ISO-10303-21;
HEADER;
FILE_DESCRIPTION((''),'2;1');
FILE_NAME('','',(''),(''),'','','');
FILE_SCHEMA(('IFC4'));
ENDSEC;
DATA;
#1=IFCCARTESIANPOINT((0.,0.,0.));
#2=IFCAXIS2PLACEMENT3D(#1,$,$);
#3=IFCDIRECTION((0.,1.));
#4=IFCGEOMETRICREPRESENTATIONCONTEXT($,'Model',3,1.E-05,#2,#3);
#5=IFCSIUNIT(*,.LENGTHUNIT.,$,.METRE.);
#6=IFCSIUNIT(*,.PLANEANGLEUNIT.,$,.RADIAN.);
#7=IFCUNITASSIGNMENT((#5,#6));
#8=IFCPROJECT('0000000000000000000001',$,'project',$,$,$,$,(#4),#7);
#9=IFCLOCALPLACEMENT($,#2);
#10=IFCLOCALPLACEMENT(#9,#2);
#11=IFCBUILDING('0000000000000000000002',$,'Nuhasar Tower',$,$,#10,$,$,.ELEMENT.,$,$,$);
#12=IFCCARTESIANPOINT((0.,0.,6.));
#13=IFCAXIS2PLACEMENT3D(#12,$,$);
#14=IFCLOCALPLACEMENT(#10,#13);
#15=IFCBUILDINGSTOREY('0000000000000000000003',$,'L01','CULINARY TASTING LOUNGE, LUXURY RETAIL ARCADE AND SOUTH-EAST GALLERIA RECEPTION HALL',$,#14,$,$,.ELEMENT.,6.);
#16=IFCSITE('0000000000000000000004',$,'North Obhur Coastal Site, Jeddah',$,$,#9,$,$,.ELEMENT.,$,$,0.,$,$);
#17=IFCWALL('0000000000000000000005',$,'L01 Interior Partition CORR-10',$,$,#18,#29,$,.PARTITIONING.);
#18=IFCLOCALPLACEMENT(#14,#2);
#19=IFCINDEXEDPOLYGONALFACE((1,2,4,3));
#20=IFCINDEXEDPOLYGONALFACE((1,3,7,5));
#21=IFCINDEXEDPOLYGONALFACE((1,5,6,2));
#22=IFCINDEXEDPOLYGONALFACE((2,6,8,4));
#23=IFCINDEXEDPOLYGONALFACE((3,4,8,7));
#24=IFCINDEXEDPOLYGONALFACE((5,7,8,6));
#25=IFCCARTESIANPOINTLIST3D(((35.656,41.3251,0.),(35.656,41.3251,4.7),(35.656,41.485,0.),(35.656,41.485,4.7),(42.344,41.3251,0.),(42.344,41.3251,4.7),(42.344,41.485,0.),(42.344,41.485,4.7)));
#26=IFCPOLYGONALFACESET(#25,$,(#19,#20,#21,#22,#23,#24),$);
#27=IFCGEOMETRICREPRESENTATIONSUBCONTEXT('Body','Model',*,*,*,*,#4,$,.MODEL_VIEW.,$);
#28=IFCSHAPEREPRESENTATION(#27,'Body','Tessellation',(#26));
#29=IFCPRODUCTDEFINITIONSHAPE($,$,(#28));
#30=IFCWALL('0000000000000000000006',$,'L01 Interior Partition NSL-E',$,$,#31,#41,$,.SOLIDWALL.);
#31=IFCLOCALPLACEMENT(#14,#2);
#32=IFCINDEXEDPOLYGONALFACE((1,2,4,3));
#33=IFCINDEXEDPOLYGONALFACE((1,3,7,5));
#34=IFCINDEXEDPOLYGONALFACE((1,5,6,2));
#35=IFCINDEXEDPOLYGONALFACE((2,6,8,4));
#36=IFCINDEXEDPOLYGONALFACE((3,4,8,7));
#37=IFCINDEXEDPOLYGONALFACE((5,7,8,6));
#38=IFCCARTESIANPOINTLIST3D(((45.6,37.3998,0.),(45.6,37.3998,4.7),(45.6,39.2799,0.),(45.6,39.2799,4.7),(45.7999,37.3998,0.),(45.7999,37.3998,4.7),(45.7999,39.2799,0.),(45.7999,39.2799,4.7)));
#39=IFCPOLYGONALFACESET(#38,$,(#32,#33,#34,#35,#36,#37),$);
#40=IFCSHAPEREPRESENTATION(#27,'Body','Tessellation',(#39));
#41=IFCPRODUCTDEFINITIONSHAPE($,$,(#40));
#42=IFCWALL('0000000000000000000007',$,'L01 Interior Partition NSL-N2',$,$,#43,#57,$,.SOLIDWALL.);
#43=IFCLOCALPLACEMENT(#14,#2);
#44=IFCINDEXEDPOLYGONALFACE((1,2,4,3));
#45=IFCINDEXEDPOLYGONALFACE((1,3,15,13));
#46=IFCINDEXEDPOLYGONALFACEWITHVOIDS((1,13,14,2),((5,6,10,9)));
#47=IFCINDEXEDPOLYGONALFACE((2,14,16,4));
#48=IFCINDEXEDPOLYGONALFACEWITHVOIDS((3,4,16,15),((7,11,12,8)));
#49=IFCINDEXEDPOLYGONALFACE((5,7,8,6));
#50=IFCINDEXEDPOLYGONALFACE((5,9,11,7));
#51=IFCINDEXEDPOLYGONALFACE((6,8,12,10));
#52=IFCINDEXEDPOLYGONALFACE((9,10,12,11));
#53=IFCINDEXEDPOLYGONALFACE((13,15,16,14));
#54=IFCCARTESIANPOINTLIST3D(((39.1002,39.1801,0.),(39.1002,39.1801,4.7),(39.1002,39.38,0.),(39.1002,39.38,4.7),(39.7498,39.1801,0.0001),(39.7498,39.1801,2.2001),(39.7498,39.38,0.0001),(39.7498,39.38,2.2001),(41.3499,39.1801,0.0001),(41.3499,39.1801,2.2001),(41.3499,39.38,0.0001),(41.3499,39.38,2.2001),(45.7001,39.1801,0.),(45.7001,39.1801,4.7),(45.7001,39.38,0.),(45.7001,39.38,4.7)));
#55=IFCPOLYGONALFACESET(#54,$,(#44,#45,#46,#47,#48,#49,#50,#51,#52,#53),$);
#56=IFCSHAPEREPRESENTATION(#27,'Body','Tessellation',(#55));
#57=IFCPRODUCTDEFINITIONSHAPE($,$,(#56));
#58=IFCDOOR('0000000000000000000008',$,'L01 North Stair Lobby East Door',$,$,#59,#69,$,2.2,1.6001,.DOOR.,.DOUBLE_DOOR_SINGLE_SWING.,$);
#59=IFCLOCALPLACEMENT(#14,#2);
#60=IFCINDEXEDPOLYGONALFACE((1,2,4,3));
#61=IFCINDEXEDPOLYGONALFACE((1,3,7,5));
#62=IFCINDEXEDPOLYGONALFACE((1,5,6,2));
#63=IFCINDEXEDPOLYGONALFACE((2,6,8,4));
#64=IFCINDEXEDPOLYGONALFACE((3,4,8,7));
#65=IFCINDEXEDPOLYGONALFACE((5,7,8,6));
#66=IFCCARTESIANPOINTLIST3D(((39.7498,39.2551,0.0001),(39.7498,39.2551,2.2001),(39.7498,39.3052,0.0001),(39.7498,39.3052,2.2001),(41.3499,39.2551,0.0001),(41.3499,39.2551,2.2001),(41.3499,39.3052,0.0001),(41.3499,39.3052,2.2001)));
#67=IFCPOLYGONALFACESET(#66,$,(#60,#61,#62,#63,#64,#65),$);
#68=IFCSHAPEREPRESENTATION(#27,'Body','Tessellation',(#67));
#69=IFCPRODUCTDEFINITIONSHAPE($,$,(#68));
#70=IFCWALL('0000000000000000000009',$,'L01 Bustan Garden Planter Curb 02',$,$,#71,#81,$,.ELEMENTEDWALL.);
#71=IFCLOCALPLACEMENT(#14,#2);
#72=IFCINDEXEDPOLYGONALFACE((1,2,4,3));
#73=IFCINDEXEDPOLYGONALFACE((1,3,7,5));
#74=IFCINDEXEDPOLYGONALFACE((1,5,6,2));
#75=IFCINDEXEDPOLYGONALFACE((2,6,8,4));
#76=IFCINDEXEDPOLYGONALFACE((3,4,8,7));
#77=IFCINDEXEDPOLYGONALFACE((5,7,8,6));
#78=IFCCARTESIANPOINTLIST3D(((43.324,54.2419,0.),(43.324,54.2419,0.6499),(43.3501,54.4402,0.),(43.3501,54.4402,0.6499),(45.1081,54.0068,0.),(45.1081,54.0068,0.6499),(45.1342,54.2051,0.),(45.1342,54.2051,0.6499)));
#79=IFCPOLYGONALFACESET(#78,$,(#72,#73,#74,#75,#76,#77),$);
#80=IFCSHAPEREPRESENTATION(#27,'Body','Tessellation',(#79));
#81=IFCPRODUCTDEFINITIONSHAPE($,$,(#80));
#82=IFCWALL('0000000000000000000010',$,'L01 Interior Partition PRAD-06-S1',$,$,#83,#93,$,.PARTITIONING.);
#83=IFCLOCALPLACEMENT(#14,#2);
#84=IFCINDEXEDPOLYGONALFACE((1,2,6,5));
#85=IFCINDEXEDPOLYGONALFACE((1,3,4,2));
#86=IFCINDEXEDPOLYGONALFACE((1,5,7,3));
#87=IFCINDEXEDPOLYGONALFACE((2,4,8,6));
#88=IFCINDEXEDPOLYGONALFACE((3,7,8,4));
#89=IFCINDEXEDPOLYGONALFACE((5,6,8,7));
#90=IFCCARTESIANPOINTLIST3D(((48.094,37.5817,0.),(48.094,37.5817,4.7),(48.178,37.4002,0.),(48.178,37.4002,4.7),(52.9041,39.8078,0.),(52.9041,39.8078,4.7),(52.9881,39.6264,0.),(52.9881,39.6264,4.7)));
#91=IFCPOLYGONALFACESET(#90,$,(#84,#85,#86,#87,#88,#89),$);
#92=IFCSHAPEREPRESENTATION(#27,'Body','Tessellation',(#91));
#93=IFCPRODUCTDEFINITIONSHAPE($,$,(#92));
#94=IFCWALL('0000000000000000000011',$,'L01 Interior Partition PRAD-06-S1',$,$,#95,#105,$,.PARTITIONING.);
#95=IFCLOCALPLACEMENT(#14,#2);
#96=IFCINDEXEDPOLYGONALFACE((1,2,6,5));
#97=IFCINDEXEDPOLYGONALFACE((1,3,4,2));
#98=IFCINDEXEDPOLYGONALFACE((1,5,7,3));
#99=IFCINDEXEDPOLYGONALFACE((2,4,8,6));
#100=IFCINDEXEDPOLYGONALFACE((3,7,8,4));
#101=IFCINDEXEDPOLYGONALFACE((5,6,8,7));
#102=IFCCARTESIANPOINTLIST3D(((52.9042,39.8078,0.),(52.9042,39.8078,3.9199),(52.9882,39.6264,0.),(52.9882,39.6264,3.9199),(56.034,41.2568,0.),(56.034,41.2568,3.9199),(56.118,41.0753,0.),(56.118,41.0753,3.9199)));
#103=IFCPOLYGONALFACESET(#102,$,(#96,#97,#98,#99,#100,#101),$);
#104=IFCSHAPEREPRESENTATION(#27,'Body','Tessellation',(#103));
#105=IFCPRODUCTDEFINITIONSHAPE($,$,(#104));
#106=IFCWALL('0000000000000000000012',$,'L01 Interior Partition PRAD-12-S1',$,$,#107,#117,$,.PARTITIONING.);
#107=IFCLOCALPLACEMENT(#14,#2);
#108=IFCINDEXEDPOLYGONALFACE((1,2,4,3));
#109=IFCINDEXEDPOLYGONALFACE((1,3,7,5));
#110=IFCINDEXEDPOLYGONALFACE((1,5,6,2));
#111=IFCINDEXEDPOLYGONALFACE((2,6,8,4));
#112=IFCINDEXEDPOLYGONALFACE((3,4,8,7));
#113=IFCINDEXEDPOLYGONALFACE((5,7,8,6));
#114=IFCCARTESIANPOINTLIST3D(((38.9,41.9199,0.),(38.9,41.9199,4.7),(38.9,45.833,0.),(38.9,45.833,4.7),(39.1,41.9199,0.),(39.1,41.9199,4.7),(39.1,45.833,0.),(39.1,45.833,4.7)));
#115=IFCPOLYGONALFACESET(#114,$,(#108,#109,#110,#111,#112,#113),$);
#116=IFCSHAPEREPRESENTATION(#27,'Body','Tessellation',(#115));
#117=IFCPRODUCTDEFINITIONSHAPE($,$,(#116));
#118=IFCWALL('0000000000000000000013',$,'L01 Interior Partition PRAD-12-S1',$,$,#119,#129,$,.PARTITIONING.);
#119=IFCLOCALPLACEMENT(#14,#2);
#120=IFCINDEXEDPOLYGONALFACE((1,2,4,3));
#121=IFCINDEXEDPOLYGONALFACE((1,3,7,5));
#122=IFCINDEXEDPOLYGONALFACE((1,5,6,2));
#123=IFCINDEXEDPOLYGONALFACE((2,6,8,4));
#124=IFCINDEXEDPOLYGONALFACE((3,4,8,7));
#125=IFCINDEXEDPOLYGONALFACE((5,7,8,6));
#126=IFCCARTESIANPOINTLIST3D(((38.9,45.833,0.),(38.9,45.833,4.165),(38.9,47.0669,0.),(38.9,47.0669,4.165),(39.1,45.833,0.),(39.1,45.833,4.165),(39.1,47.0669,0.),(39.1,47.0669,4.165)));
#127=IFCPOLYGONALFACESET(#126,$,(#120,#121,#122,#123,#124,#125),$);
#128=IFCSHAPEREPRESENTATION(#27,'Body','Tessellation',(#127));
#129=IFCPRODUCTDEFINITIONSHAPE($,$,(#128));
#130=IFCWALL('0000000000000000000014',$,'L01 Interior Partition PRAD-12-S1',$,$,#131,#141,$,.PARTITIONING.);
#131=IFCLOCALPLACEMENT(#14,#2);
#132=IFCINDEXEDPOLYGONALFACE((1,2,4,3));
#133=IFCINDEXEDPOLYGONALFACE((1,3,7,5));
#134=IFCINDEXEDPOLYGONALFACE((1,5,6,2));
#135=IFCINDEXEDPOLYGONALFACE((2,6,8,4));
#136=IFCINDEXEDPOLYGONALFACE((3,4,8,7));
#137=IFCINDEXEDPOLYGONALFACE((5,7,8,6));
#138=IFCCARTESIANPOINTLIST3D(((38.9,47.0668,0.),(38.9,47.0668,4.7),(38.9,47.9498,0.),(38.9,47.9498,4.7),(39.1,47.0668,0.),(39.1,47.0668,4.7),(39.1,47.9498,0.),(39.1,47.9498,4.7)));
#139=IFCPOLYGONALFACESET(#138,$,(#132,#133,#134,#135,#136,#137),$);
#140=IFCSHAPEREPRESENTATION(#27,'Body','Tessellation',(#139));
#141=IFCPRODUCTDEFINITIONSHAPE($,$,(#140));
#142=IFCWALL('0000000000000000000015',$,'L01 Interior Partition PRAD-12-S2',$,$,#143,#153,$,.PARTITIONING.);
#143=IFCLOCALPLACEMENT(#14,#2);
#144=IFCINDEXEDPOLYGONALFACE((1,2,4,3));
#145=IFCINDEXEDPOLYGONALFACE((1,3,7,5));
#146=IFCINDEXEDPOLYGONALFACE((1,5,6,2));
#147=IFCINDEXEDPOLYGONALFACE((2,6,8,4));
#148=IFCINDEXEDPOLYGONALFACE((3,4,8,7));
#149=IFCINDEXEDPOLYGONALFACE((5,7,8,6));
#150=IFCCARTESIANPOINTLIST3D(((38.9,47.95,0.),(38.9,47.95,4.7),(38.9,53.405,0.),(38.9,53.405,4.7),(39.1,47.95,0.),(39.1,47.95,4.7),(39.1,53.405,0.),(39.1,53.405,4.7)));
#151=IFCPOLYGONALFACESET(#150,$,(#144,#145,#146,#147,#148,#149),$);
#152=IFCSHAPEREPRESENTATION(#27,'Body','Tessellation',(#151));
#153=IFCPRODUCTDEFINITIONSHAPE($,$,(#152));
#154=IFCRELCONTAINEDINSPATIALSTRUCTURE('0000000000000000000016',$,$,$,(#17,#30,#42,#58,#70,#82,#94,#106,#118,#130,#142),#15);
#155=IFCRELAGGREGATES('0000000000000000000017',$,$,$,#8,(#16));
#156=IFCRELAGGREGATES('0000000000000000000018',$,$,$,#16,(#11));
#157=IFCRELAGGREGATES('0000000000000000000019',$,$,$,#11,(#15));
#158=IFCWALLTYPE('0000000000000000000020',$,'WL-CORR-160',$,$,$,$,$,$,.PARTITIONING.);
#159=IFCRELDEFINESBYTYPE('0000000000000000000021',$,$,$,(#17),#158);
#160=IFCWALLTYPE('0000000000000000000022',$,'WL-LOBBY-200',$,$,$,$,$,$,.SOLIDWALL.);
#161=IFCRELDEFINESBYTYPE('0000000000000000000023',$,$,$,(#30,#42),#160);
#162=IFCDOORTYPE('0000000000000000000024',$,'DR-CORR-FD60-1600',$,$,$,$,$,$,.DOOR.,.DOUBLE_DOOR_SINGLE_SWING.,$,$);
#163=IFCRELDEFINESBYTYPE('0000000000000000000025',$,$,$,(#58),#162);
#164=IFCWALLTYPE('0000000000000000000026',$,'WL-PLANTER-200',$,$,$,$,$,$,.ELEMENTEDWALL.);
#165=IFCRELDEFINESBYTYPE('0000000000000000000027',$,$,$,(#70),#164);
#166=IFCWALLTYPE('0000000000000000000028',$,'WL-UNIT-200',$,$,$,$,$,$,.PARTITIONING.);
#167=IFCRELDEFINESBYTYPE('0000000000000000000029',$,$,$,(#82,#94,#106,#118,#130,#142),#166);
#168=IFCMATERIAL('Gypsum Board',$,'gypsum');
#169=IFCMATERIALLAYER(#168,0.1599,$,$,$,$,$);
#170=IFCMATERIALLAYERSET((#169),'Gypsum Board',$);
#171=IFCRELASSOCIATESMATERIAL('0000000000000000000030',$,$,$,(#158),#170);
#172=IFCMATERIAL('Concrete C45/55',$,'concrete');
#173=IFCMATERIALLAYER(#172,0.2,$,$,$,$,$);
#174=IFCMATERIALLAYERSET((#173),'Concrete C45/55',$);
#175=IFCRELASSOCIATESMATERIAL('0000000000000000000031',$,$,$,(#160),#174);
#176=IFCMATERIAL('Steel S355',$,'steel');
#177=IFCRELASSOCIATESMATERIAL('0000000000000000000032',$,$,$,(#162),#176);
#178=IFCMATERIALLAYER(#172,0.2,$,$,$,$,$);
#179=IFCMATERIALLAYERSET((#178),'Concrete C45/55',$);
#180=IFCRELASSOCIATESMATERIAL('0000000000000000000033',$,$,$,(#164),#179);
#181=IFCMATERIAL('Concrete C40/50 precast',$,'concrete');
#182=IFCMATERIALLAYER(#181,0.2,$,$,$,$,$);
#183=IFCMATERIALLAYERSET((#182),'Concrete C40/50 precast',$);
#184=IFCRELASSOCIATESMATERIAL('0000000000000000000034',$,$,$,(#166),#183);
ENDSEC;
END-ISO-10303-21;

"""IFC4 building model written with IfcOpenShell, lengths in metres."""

from ifc_helpers import new_model, si_unit, direction, frame, frame_2d, origin, place, context, subcontext, project, spatial, rectangle, extrude, material, layer, layer_set, type_object, element, fill, save


model = new_model("IFC4")

# Units and contexts
model_context = context("Model", 3, precision=1e-05, world=origin(), true_north=direction((0.0, 1.0)))
body_context = subcontext(model_context, "Body", "Model", "MODEL_VIEW")
ifc_project = project(units=[si_unit("LENGTHUNIT", "METRE"), si_unit("PLANEANGLEUNIT", "RADIAN")], contexts=[model_context])

# Site, building, storey
site_placement = place(None, origin())
site = spatial("IfcSite", under=ifc_project, at=site_placement, Name="North Obhur Coastal Site, Jeddah", CompositionType="ELEMENT", RefElevation=0.0)
building_placement = place(site_placement, origin())
building = spatial("IfcBuilding", under=site, at=building_placement, Name="Nuhasar Tower", CompositionType="ELEMENT")
storey_placement = place(building_placement, frame((0.0, 0.0, 6.0)))
storey = spatial("IfcBuildingStorey", under=building, at=storey_placement, Name="L01", Description="CULINARY TASTING LOUNGE, LUXURY RETAIL ARCADE AND SOUTH-EAST GALLERIA RECEPTION HALL", CompositionType="ELEMENT", Elevation=6.0)

# Shared definitions
ifc_material_1 = material(Name="Steel S355", Category="steel")

# Shared definitions
ifc_material_2 = material(Name="Gypsum Board", Category="gypsum")
ifc_layer_1 = layer(ifc_material_2, 0.1599)
ifc_layer_set_1 = layer_set([ifc_layer_1], Name="Gypsum Board")
wall_type_1 = type_object("IfcWallType", Name="WL-CORR-160", PredefinedType="PARTITIONING", material=ifc_layer_set_1)

# Walls
wall_1_placement = place(storey_placement, frame((42.344, 41.405, 0.0), z_axis=(0.0, 0.0, 1.0), x_axis=(-1.0, 0.0, 0.0)))
element("IfcWall", 1, at=wall_1_placement, inside=storey, type_object=wall_type_1, Name="L01 Interior Partition CORR-10", PredefinedType="PARTITIONING", context=body_context, shape_type="SweptSolid", body=[
    extrude(rectangle(XDim=6.688, YDim=0.1599, at=frame_2d((3.344, 0.0))), origin(), (0.0, 0.0, 1.0), 4.7),
])
ifc_material_3 = material(Name="Concrete C45/55", Category="concrete")
ifc_layer_2 = layer(ifc_material_3, 0.2)
ifc_layer_set_2 = layer_set([ifc_layer_2], Name="Concrete C45/55")
wall_type_2 = type_object("IfcWallType", Name="WL-LOBBY-200", PredefinedType="SOLIDWALL", material=ifc_layer_set_2)
wall_2_placement = place(storey_placement, frame((45.7, 37.3999, 0.0), z_axis=(0.0, 0.0, 1.0), x_axis=(0.0, 1.0, 0.0)))
element("IfcWall", 2, at=wall_2_placement, inside=storey, type_object=wall_type_2, Name="L01 Interior Partition NSL-E", PredefinedType="SOLIDWALL", context=body_context, shape_type="SweptSolid", body=[
    extrude(rectangle(XDim=1.8801, YDim=0.2, at=frame_2d((0.9399, 0.0))), origin(), (0.0, 0.0, 1.0), 4.7),
])

# Wall, opening, door
wall_3_placement = place(storey_placement, frame((45.7, 39.28, 0.0), z_axis=(0.0, 0.0, 1.0), x_axis=(-1.0, 0.0, 0.0)))
wall_3 = element("IfcWall", 3, at=wall_3_placement, inside=storey, type_object=wall_type_2, Name="L01 Interior Partition NSL-N2", PredefinedType="SOLIDWALL", context=body_context, shape_type="SweptSolid", body=[
    extrude(rectangle(XDim=6.5999, YDim=0.2, at=frame_2d((3.2998, 0.0))), origin(), (0.0, 0.0, 1.0), 4.7),
])
opening_1_placement = place(wall_3_placement, frame((4.3501, 0.0, 0.0)))
opening_1 = element("IfcOpeningElement", 4, at=opening_1_placement, cuts=wall_3, PredefinedType="OPENING", context=body_context, shape_type="SweptSolid", body=[
    extrude(rectangle(XDim=1.6001, YDim=2.2, at=frame_2d((0.8, 1.1001))), frame((0.0, 0.1099, 0.0), z_axis=(0.0, -1.0, 0.0), x_axis=(1.0, 0.0, 0.0)), (0.0, 0.0, 1.0), 0.22),
])
door_type_1 = type_object("IfcDoorType", Name="DR-CORR-FD60-1600", OperationType="DOUBLE_DOOR_SINGLE_SWING", PredefinedType="DOOR", material=ifc_material_1)
door_1_placement = place(opening_1_placement, origin())
door_1 = element("IfcDoor", 5, at=door_1_placement, inside=storey, type_object=door_type_1, Name="L01 North Stair Lobby East Door", OperationType="DOUBLE_DOOR_SINGLE_SWING", OverallHeight=2.2, OverallWidth=1.6001, PredefinedType="DOOR", context=body_context, shape_type="SweptSolid", body=[
    extrude(rectangle(XDim=1.6001, YDim=2.2, at=frame_2d((0.8, 1.1001))), frame((0.0, 0.0249, 0.0), z_axis=(0.0, -1.0, 0.0), x_axis=(1.0, 0.0, 0.0)), (0.0, 0.0, 1.0), 0.05),
])
fill(opening_1, door_1)

# Walls
ifc_layer_3 = layer(ifc_material_3, 0.2)
ifc_layer_set_3 = layer_set([ifc_layer_3], Name="Concrete C45/55")
wall_type_3 = type_object("IfcWallType", Name="WL-PLANTER-200", PredefinedType="ELEMENTEDWALL", material=ifc_layer_set_3)
wall_4_placement = place(storey_placement, frame((43.3369, 54.3411, 0.0), z_axis=(0.0, 0.0, 1.0), x_axis=(0.991429, -0.130644, 0.0)))
element("IfcWall", 6, at=wall_4_placement, inside=storey, type_object=wall_type_3, Name="L01 Bustan Garden Planter Curb 02", PredefinedType="ELEMENTEDWALL", context=body_context, shape_type="SweptSolid", body=[
    extrude(rectangle(XDim=1.7996, YDim=0.2, at=frame_2d((0.8999, 0.0))), origin(), (0.0, 0.0, 1.0), 0.6499),
])
ifc_material_4 = material(Name="Concrete C40/50 precast", Category="concrete")
ifc_layer_4 = layer(ifc_material_4, 0.2)
ifc_layer_set_4 = layer_set([ifc_layer_4], Name="Concrete C40/50 precast")
wall_type_4 = type_object("IfcWallType", Name="WL-UNIT-200", PredefinedType="PARTITIONING", material=ifc_layer_set_4)
wall_5_placement = place(storey_placement, frame((48.136, 37.491, 0.0), z_axis=(0.0, 0.0, 1.0), x_axis=(0.907525, 0.419999, 0.0)))
element("IfcWall", 7, at=wall_5_placement, inside=storey, type_object=wall_type_4, Name="L01 Interior Partition PRAD-06-S1", PredefinedType="PARTITIONING", context=body_context, shape_type="SweptSolid", body=[
    extrude(rectangle(XDim=5.3003, YDim=0.2, at=frame_2d((2.6501, 0.0))), origin(), (0.0, 0.0, 1.0), 4.7),
])
wall_6_placement = place(storey_placement, frame((52.946, 39.717, 0.0), z_axis=(0.0, 0.0, 1.0), x_axis=(0.907472, 0.420113, 0.0)))
element("IfcWall", 8, at=wall_6_placement, inside=storey, type_object=wall_type_4, Name="L01 Interior Partition PRAD-06-S1", PredefinedType="PARTITIONING", context=body_context, shape_type="SweptSolid", body=[
    extrude(rectangle(XDim=3.449, YDim=0.2, at=frame_2d((1.7246, 0.0))), origin(), (0.0, 0.0, 1.0), 3.9199),
])
wall_7_placement = place(storey_placement, frame((39.0, 41.9199, 0.0), z_axis=(0.0, 0.0, 1.0), x_axis=(0.0, 1.0, 0.0)))
element("IfcWall", 9, at=wall_7_placement, inside=storey, type_object=wall_type_4, Name="L01 Interior Partition PRAD-12-S1", PredefinedType="PARTITIONING", context=body_context, shape_type="SweptSolid", body=[
    extrude(rectangle(XDim=3.9131, YDim=0.2, at=frame_2d((1.9565, 0.0))), origin(), (0.0, 0.0, 1.0), 4.7),
])
wall_8_placement = place(storey_placement, frame((39.0, 45.833, 0.0), z_axis=(0.0, 0.0, 1.0), x_axis=(0.0, 1.0, 0.0)))
element("IfcWall", 10, at=wall_8_placement, inside=storey, type_object=wall_type_4, Name="L01 Interior Partition PRAD-12-S1", PredefinedType="PARTITIONING", context=body_context, shape_type="SweptSolid", body=[
    extrude(rectangle(XDim=1.2339, YDim=0.2, at=frame_2d((0.6169, 0.0))), origin(), (0.0, 0.0, 1.0), 4.165),
])
wall_9_placement = place(storey_placement, frame((39.0, 47.0669, 0.0), z_axis=(0.0, 0.0, 1.0), x_axis=(0.0, 1.0, 0.0)))
element("IfcWall", 11, at=wall_9_placement, inside=storey, type_object=wall_type_4, Name="L01 Interior Partition PRAD-12-S1", PredefinedType="PARTITIONING", context=body_context, shape_type="SweptSolid", body=[
    extrude(rectangle(XDim=0.8831, YDim=0.2, at=frame_2d((0.4414, 0.0))), origin(), (0.0, 0.0, 1.0), 4.7),
])
wall_10_placement = place(storey_placement, frame((39.0, 47.95, 0.0), z_axis=(0.0, 0.0, 1.0), x_axis=(0.0, 1.0, 0.0)))
element("IfcWall", 12, at=wall_10_placement, inside=storey, type_object=wall_type_4, Name="L01 Interior Partition PRAD-12-S2", PredefinedType="PARTITIONING", context=body_context, shape_type="SweptSolid", body=[
    extrude(rectangle(XDim=5.4551, YDim=0.2, at=frame_2d((2.7275, 0.0))), origin(), (0.0, 0.0, 1.0), 4.7),
])

save(model, "model.ifc")
